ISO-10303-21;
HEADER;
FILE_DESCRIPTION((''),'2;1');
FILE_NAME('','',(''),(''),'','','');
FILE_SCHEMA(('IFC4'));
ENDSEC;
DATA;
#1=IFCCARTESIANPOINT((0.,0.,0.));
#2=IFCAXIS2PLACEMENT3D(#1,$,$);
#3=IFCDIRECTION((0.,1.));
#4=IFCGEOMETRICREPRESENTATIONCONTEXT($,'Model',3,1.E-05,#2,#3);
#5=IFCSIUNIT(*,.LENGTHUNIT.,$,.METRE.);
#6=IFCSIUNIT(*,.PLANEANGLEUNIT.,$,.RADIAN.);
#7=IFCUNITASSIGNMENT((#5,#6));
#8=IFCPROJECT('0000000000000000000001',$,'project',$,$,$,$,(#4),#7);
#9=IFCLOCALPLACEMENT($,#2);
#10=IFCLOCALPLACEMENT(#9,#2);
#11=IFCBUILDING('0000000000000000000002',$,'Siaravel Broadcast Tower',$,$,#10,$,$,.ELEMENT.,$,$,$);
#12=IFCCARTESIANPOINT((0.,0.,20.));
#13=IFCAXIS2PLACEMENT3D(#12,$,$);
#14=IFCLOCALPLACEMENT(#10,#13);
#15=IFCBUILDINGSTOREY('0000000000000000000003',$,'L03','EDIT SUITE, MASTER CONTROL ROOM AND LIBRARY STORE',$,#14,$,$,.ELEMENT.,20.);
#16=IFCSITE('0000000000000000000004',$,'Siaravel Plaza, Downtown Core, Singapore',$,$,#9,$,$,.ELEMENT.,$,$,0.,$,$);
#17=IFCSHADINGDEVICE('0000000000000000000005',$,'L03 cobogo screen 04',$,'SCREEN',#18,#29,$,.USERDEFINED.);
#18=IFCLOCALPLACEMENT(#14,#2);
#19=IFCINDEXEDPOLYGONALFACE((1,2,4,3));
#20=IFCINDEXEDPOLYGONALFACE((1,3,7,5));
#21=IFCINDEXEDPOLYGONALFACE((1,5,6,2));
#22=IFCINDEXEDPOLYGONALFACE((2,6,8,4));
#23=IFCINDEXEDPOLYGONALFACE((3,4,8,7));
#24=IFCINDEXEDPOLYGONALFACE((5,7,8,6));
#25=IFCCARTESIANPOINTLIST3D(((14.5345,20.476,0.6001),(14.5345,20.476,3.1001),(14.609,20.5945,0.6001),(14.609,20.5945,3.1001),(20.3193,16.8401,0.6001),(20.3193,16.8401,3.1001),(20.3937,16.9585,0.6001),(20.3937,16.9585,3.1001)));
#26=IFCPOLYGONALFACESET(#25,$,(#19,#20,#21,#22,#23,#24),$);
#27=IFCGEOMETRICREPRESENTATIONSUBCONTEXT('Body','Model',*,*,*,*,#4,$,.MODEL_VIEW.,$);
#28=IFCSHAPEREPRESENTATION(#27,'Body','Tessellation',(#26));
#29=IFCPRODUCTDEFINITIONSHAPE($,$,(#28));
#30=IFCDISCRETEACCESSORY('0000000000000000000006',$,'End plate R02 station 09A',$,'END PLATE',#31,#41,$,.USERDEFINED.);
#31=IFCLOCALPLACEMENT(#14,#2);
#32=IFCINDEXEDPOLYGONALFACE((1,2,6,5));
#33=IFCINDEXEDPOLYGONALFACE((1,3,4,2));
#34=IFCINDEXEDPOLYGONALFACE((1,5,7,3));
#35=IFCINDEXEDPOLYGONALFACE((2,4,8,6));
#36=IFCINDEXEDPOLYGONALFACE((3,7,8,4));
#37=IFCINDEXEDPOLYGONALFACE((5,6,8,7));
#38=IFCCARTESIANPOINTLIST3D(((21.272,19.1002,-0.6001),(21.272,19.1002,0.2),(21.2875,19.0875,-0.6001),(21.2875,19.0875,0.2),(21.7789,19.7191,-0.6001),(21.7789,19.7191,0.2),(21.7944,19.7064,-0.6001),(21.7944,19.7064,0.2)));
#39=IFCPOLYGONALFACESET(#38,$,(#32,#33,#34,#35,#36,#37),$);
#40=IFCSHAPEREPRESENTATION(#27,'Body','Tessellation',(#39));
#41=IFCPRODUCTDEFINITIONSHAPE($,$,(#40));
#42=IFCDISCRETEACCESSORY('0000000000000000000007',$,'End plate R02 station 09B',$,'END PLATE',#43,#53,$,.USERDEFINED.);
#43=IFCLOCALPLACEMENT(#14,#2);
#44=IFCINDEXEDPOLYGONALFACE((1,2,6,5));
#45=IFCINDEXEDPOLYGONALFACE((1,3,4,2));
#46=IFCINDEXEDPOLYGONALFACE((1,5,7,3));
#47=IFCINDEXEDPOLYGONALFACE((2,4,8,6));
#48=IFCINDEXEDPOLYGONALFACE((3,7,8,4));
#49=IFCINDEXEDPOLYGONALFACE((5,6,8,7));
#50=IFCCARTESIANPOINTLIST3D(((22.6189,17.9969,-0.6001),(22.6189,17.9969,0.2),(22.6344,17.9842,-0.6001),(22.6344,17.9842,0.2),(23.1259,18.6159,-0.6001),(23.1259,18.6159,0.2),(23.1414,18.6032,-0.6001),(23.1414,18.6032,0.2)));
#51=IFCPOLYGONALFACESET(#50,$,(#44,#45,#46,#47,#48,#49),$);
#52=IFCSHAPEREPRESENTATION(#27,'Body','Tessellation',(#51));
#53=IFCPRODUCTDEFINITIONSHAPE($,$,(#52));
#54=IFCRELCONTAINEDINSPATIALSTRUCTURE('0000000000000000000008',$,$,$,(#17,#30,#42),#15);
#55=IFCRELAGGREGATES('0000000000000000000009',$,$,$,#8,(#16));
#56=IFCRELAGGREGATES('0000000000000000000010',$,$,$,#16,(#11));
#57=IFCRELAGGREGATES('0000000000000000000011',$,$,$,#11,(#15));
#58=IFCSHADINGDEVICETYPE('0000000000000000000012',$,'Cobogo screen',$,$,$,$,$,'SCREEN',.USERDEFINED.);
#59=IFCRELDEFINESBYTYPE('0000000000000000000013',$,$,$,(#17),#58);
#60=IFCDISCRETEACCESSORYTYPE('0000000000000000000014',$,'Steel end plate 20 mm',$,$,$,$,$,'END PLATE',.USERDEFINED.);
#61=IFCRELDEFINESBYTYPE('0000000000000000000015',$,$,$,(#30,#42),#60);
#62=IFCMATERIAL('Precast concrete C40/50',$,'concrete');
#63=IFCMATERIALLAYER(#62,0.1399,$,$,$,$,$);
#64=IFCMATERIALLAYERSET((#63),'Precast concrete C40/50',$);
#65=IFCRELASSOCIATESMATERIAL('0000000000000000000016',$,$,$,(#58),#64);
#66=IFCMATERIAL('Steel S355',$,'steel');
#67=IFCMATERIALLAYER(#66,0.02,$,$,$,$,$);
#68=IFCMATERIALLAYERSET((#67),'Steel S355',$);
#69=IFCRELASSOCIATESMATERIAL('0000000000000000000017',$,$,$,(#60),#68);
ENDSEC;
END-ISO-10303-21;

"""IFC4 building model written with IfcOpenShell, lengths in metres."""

from ifc_helpers import new_model, si_unit, direction, frame, origin, origin_2d, place, context, subcontext, project, spatial, rectangle, extrude, material, layer, layer_set, type_object, element, save


model = new_model("IFC4")

# Units and contexts
model_context = context("Model", 3, precision=1e-05, world=origin(), true_north=direction((0.0, 1.0)))
body_context = subcontext(model_context, "Body", "Model", "MODEL_VIEW")
ifc_project = project(units=[si_unit("LENGTHUNIT", "METRE"), si_unit("PLANEANGLEUNIT", "RADIAN")], contexts=[model_context])

# Site, building, storey
site_placement = place(None, origin())
site = spatial("IfcSite", under=ifc_project, at=site_placement, Name="Siaravel Plaza, Downtown Core, Singapore", CompositionType="ELEMENT", RefElevation=0.0)
building_placement = place(site_placement, origin())
building = spatial("IfcBuilding", under=site, at=building_placement, Name="Siaravel Broadcast Tower", CompositionType="ELEMENT")
storey_placement = place(building_placement, frame((0.0, 0.0, 20.0)))
storey = spatial("IfcBuildingStorey", under=building, at=storey_placement, Name="L03", Description="EDIT SUITE, MASTER CONTROL ROOM AND LIBRARY STORE", CompositionType="ELEMENT", Elevation=20.0)

# Shared definitions
ifc_material_1 = material(Name="Steel S355", Category="steel")

# Shading device
ifc_material_2 = material(Name="Precast concrete C40/50", Category="concrete")
ifc_layer_1 = layer(ifc_material_2, 0.1399)
ifc_layer_set_1 = layer_set([ifc_layer_1], Name="Precast concrete C40/50")
shading_device_type_1 = type_object("IfcShadingDeviceType", Name="Cobogo screen", ElementType="SCREEN", PredefinedType="USERDEFINED", material=ifc_layer_set_1)
shading_device_1_placement = place(storey_placement, frame((17.4641, 18.7173, 0.6001), z_axis=(0.0, 0.0, 1.0), x_axis=(-0.846651, 0.532148, 0.0)))
element("IfcShadingDevice", 1, at=shading_device_1_placement, inside=storey, type_object=shading_device_type_1, Name="L03 cobogo screen 04", ObjectType="SCREEN", PredefinedType="USERDEFINED", context=body_context, shape_type="SweptSolid", body=[
    extrude(rectangle(XDim=6.8325, YDim=0.1399, at=origin_2d()), origin(), (0.0, 0.0, 1.0), 2.5),
])

# Discrete accessories
ifc_layer_2 = layer(ifc_material_1, 0.02)
ifc_layer_set_2 = layer_set([ifc_layer_2], Name="Steel S355")
discrete_accessory_type = type_object("IfcDiscreteAccessoryType", Name="Steel end plate 20 mm", ElementType="END PLATE", PredefinedType="USERDEFINED", material=ifc_layer_set_2)
for number, where, z_axis, x_axis, name in (
    (2, (21.5332, 19.4033, -0.6001), (0.0, 0.0, 1.0), (-0.773605, 0.633669, 0.0), "End plate R02 station 09A"),
    (3, (22.8801, 18.3, -0.6001), (0.0, 0.0, 1.0), (-0.773605, 0.633669, 0.0), "End plate R02 station 09B"),
):
    element("IfcDiscreteAccessory", number, at=place(storey_placement, frame(where, z_axis=z_axis, x_axis=x_axis)), inside=storey, type_object=discrete_accessory_type, Name=name, ObjectType="END PLATE", PredefinedType="USERDEFINED", context=body_context, shape_type="SweptSolid", body=[
        extrude(rectangle(XDim=0.02, YDim=0.8, at=origin_2d()), origin(), (0.0, 0.0, 1.0), 0.8),
    ])

save(model, "model.ifc")
